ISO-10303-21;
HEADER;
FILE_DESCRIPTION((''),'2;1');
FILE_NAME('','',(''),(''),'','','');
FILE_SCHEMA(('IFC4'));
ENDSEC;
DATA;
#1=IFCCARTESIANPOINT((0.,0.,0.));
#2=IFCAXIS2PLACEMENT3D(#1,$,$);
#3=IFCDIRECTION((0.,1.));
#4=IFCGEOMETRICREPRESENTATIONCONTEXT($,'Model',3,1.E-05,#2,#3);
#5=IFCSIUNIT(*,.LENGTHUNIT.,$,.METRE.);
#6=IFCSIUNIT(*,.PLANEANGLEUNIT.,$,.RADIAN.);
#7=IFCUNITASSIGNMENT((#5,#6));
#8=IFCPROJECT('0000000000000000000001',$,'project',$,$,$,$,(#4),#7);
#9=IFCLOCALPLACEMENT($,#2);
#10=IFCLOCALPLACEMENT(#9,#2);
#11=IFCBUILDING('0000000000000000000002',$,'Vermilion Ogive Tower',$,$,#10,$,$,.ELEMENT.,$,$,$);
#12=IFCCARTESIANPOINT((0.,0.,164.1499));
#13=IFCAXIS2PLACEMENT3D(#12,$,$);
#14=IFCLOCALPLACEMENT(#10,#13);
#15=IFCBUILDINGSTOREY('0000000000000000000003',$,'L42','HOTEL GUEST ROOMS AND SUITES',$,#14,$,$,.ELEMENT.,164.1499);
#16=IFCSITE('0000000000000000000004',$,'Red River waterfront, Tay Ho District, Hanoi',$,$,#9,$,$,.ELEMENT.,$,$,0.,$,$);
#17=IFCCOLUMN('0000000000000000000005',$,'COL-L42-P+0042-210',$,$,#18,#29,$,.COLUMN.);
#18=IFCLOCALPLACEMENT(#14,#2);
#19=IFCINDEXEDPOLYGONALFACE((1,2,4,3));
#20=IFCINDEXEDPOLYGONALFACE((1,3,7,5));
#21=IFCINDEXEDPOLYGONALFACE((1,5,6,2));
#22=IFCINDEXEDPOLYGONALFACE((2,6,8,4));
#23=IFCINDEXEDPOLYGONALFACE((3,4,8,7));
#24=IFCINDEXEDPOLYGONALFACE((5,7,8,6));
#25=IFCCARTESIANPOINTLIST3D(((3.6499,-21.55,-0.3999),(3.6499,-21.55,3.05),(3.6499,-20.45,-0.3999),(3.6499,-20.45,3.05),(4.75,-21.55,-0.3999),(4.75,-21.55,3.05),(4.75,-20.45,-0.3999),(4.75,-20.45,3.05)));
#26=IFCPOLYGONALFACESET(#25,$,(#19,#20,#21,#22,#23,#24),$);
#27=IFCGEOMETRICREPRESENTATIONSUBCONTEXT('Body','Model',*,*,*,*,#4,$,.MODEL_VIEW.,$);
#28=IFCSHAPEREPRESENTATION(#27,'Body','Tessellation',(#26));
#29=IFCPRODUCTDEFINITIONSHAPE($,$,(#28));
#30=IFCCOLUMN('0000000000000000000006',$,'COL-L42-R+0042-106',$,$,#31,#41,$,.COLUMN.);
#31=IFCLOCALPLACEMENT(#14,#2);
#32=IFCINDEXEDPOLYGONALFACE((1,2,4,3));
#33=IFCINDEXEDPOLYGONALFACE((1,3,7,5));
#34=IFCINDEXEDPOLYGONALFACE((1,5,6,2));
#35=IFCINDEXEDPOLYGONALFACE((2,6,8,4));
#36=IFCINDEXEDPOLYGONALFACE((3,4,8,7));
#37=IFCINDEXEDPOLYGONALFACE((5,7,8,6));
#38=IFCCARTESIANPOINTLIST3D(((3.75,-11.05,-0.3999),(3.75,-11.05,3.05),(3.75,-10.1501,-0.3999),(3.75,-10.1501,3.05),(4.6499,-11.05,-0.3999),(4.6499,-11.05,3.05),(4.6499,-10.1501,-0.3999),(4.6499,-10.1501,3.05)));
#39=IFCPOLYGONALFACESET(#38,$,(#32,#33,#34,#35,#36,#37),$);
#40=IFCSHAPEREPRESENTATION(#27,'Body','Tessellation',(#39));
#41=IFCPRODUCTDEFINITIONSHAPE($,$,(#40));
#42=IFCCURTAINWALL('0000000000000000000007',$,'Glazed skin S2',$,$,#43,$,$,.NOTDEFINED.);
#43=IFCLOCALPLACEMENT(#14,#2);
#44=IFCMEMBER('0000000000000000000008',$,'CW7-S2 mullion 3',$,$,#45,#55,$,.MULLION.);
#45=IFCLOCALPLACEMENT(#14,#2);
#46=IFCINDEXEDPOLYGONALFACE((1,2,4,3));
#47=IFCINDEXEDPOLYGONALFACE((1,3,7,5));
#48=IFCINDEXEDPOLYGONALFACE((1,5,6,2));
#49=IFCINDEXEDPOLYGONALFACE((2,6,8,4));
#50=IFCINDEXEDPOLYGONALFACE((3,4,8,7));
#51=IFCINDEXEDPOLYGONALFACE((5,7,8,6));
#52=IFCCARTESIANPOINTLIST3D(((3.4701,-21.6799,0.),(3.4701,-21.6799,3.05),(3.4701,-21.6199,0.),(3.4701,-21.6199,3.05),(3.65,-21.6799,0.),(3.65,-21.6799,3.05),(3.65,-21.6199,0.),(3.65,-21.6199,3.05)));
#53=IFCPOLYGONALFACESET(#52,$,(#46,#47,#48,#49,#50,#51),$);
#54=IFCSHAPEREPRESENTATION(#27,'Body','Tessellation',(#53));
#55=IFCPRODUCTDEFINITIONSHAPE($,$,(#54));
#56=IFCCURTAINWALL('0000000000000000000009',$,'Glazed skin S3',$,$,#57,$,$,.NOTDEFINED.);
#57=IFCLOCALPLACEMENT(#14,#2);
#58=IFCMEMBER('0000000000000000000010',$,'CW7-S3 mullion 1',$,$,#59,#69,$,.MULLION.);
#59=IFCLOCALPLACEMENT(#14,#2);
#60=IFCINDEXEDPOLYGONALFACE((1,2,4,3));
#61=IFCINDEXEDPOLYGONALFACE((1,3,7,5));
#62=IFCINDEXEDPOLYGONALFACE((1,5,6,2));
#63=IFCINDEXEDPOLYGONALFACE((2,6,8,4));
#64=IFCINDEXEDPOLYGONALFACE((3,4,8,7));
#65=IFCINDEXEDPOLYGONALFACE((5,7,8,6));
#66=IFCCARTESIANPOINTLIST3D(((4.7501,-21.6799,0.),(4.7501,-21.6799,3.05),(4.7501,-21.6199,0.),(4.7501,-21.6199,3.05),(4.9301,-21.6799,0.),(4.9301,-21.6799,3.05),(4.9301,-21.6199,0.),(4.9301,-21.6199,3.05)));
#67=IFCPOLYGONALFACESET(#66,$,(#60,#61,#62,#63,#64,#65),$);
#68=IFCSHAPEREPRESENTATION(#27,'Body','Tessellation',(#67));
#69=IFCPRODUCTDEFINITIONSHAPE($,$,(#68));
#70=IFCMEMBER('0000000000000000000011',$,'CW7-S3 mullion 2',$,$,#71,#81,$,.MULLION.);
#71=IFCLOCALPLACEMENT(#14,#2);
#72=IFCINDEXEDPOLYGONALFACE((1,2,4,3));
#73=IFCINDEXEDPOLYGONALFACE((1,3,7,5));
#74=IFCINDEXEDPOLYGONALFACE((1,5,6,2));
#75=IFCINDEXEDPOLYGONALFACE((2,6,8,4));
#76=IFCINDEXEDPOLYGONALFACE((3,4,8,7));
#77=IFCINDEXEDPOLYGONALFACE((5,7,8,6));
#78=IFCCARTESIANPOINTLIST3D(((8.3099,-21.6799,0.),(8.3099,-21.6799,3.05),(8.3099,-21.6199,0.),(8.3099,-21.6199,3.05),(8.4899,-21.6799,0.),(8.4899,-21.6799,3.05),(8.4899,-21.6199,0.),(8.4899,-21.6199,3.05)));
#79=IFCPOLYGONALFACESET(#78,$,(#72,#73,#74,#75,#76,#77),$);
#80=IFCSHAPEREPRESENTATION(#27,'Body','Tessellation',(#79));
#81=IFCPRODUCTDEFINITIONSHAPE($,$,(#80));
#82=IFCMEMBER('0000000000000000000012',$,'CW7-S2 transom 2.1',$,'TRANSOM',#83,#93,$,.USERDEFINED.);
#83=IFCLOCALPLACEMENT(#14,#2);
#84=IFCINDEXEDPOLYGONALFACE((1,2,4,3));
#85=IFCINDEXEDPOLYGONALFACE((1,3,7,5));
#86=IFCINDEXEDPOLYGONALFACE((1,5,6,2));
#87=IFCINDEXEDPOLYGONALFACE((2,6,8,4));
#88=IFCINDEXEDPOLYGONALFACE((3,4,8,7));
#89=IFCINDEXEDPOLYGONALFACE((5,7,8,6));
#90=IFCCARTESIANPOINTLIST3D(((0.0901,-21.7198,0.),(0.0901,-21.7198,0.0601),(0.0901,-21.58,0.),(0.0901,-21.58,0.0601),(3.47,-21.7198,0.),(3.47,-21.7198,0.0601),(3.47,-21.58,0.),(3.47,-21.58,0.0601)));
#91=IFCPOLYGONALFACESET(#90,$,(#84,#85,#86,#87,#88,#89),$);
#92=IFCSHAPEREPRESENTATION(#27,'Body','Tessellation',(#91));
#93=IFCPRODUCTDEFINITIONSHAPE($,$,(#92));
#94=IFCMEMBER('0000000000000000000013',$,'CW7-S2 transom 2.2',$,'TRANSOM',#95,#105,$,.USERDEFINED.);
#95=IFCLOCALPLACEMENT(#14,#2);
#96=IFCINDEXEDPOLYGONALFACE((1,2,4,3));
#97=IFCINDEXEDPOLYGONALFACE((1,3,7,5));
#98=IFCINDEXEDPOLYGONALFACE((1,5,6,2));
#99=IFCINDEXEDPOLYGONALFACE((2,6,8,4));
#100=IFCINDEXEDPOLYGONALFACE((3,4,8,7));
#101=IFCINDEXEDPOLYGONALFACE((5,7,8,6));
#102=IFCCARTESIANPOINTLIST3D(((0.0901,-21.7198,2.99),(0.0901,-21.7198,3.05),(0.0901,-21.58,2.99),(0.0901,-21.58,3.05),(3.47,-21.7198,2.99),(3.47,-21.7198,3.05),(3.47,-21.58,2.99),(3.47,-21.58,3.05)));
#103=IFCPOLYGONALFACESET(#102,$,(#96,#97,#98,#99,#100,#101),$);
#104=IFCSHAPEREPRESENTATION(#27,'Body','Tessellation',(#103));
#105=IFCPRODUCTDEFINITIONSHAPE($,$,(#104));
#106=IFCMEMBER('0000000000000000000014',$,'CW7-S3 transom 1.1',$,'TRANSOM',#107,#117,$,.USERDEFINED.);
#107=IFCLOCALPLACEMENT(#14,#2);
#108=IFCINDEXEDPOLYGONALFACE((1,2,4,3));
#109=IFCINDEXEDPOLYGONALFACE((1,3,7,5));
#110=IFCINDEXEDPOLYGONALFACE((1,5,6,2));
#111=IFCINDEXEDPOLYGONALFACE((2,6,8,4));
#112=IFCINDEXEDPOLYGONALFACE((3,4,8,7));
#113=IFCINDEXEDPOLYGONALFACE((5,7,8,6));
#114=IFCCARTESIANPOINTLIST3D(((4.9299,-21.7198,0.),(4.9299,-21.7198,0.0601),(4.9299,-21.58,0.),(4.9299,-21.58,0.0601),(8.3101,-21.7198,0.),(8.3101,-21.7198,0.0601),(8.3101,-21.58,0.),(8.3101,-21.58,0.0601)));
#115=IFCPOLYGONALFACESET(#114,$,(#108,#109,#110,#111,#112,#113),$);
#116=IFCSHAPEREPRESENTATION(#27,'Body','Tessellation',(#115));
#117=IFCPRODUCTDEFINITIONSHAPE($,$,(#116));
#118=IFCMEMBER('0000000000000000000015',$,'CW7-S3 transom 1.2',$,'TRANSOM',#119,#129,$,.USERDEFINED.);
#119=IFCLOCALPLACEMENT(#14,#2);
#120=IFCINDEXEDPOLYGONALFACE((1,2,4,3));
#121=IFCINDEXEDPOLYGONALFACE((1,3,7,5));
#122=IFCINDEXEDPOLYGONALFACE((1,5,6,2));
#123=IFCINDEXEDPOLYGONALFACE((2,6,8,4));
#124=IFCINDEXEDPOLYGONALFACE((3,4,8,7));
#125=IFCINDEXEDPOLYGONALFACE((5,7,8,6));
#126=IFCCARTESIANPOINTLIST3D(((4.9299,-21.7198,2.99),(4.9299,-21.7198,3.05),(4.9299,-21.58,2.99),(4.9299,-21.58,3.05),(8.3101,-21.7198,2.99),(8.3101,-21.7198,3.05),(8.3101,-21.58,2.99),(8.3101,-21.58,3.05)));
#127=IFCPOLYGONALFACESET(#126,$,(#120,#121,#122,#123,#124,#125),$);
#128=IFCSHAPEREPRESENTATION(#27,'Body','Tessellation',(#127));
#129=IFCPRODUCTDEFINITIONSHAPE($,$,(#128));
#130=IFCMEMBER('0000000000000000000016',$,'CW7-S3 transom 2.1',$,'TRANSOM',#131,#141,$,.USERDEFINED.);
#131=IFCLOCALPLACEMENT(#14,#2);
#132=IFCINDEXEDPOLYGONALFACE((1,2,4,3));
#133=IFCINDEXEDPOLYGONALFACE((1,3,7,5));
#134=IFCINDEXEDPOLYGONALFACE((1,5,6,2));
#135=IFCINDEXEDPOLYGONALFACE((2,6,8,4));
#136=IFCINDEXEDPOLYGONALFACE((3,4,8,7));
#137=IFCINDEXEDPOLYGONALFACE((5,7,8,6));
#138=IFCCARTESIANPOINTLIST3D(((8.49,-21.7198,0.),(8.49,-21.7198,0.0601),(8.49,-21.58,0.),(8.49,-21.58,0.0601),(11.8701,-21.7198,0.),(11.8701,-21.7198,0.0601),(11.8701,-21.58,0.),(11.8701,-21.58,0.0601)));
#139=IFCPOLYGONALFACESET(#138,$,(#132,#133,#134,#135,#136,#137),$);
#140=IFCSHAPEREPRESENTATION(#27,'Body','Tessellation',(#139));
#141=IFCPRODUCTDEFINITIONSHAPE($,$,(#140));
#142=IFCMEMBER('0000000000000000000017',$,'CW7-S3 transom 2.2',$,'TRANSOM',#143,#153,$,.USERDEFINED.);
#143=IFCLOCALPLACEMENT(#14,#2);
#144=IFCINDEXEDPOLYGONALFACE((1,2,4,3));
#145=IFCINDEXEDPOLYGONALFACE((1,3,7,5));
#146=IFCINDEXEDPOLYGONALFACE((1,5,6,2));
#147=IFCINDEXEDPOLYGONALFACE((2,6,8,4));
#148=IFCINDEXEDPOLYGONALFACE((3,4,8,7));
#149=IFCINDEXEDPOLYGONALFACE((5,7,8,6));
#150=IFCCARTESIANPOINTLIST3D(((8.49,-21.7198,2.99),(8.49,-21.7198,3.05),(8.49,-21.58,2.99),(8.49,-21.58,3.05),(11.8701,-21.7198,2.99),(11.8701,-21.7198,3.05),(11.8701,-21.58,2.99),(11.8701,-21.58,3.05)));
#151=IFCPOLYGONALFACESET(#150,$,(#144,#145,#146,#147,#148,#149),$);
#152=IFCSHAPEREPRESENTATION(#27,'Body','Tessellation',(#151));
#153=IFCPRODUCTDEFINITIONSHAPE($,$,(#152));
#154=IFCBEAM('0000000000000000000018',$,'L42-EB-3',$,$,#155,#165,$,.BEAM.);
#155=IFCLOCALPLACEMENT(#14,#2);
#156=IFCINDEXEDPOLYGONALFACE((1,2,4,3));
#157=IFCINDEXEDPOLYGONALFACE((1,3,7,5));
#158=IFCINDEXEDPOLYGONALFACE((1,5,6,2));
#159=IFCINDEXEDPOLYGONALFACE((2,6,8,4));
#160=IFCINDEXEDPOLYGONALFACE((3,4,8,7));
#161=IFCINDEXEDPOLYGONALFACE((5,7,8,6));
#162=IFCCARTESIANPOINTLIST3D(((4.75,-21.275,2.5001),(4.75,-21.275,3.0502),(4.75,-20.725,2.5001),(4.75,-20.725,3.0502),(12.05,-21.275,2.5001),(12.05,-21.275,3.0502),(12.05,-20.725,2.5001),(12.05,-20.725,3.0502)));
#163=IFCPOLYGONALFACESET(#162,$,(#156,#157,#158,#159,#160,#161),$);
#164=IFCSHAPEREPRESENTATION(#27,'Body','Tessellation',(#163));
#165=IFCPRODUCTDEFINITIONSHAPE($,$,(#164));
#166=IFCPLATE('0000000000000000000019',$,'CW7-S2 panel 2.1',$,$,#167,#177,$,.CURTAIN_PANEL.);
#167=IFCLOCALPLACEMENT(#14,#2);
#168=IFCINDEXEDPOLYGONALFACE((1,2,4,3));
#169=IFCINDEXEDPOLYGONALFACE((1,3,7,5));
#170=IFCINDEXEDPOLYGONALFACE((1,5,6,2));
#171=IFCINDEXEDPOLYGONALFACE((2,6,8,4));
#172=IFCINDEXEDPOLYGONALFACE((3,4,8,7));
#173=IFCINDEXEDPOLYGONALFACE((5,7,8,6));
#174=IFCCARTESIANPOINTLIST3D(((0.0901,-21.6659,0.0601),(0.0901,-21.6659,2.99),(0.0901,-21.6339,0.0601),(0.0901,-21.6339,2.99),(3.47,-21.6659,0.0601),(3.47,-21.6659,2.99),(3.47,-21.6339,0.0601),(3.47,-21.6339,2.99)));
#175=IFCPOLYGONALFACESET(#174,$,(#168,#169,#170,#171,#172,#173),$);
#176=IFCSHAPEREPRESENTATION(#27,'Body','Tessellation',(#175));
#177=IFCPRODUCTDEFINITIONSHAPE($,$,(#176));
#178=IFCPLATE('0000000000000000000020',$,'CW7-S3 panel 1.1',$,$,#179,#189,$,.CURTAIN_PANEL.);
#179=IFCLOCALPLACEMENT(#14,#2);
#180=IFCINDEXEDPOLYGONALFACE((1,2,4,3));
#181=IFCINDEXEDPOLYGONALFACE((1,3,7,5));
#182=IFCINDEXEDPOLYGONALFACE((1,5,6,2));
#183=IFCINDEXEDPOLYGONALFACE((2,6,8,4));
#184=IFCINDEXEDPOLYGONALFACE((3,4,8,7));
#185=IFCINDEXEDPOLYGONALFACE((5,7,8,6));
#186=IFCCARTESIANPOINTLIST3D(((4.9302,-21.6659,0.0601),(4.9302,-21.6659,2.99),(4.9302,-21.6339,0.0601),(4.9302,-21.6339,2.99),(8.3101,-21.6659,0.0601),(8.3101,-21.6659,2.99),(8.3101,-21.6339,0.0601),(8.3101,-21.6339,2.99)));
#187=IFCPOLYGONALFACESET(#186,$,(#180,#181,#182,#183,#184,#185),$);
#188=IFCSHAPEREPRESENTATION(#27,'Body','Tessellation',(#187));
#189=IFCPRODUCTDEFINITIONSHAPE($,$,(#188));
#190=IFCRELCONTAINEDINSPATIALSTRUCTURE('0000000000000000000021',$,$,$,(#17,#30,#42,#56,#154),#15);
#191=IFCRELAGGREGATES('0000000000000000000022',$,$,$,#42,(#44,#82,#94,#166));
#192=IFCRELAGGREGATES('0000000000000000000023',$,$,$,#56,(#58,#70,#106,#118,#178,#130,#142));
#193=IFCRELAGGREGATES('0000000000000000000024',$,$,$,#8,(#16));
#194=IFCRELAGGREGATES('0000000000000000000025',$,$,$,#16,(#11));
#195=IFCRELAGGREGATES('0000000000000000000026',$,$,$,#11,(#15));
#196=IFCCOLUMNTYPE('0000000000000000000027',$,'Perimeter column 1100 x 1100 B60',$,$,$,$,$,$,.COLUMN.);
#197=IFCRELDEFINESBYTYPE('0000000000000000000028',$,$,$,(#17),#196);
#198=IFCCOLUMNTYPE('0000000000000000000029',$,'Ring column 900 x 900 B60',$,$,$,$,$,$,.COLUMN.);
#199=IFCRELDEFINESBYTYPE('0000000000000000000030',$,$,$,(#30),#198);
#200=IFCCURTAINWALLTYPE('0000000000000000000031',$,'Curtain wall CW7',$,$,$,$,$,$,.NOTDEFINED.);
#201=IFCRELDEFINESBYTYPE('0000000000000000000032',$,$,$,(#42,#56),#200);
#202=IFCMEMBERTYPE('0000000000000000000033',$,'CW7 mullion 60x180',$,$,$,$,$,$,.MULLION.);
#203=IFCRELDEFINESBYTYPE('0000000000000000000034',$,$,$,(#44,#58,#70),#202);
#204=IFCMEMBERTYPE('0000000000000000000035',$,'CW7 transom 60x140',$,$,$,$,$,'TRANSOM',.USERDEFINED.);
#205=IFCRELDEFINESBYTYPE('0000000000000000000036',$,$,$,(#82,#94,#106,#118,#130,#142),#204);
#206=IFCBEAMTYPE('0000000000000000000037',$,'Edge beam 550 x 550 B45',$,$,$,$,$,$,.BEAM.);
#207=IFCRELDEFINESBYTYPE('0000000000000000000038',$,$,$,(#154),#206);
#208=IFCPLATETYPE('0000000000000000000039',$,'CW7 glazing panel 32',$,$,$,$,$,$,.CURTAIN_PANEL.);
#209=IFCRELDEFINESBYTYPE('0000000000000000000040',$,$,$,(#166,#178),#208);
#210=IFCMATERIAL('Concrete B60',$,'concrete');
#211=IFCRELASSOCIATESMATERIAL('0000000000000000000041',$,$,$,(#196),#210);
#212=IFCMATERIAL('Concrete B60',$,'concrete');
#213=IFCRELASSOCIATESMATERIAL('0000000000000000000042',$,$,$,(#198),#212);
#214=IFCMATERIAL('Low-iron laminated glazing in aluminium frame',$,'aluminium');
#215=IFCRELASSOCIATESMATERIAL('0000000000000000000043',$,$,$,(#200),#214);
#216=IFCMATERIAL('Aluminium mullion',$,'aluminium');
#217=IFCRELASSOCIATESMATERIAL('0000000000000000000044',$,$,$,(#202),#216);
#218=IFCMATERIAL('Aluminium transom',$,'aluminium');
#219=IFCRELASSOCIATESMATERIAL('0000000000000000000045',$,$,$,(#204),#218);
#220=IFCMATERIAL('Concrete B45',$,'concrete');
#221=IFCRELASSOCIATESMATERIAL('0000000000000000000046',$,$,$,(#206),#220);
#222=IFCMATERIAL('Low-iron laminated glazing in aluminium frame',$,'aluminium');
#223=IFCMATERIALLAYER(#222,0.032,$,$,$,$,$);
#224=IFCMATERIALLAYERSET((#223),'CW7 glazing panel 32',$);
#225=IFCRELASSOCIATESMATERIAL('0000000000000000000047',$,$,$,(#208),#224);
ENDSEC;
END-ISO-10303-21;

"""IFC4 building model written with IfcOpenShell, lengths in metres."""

from ifc_helpers import new_model, si_unit, direction, frame, origin, origin_2d, place, context, subcontext, project, spatial, rectangle, extrude, material, layer, layer_set, material_profile, profile_set, type_object, element, aggregate, save


model = new_model("IFC4")

# Units and contexts
model_context = context("Model", 3, precision=1e-05, world=origin(), true_north=direction((0.0, 1.0)))
body_context = subcontext(model_context, "Body", "Model", "MODEL_VIEW")
ifc_project = project(units=[si_unit("LENGTHUNIT", "METRE"), si_unit("PLANEANGLEUNIT", "RADIAN")], contexts=[model_context])

# Site, building, storey
site_placement = place(None, origin())
site = spatial("IfcSite", under=ifc_project, at=site_placement, Name="Red River waterfront, Tay Ho District, Hanoi", CompositionType="ELEMENT", RefElevation=0.0)
building_placement = place(site_placement, origin())
building = spatial("IfcBuilding", under=site, at=building_placement, Name="Vermilion Ogive Tower", CompositionType="ELEMENT")
storey_placement = place(building_placement, frame((0.0, 0.0, 164.1499)))
storey = spatial("IfcBuildingStorey", under=building, at=storey_placement, Name="L42", Description="HOTEL GUEST ROOMS AND SUITES", CompositionType="ELEMENT", Elevation=164.1499)

# Columns
ifc_material_1 = material(Name="Concrete B60", Category="concrete")
ifc_material_profile_1 = material_profile(ifc_material_1, rectangle(XDim=1.1001, YDim=1.1001, at=origin_2d()), Name="1100 x 1100")
ifc_profile_set_1 = profile_set([ifc_material_profile_1], Name="Concrete B60")
column_type_1 = type_object("IfcColumnType", Name="Perimeter column 1100 x 1100 B60", PredefinedType="COLUMN", material=ifc_profile_set_1)
column_1_placement = place(storey_placement, frame((4.2, -21.0, -0.3999), z_axis=(0.0, 0.0, 1.0), x_axis=(1.0, 0.0, 0.0)))
element("IfcColumn", 1, at=column_1_placement, inside=storey, type_object=column_type_1, Name="COL-L42-P+0042-210", PredefinedType="COLUMN", context=body_context, shape_type="SweptSolid", body=[
    extrude(rectangle(XDim=1.1001, YDim=1.1001, at=origin_2d()), origin(), (0.0, 0.0, 1.0), 3.45),
])
ifc_material_2 = material(Name="Concrete B60", Category="concrete")
ifc_material_profile_2 = material_profile(ifc_material_2, rectangle(XDim=0.8999, YDim=0.8999, at=origin_2d()), Name="900 x 900")
ifc_profile_set_2 = profile_set([ifc_material_profile_2], Name="Concrete B60")
column_type_2 = type_object("IfcColumnType", Name="Ring column 900 x 900 B60", PredefinedType="COLUMN", material=ifc_profile_set_2)
column_2_placement = place(storey_placement, frame((4.2, -10.6001, -0.3999), z_axis=(0.0, 0.0, 1.0), x_axis=(1.0, 0.0, 0.0)))
element("IfcColumn", 2, at=column_2_placement, inside=storey, type_object=column_type_2, Name="COL-L42-R+0042-106", PredefinedType="COLUMN", context=body_context, shape_type="SweptSolid", body=[
    extrude(rectangle(XDim=0.8999, YDim=0.8999, at=origin_2d()), origin(), (0.0, 0.0, 1.0), 3.45),
])

# Curtain wall, member
ifc_material_3 = material(Name="Low-iron laminated glazing in aluminium frame", Category="aluminium")
curtain_wall_type = type_object("IfcCurtainWallType", Name="Curtain wall CW7", PredefinedType="NOTDEFINED", material=ifc_material_3)
curtain_wall_1_placement = place(storey_placement, origin())
curtain_wall_1 = element("IfcCurtainWall", 3, at=curtain_wall_1_placement, inside=storey, type_object=curtain_wall_type, Name="Glazed skin S2", PredefinedType="NOTDEFINED")
ifc_material_4 = material(Name="Aluminium mullion", Category="aluminium")
ifc_material_profile_3 = material_profile(ifc_material_4, rectangle(XDim=0.0601, YDim=0.1799, at=origin_2d()), Name="AL 60x180")
ifc_profile_set_3 = profile_set([ifc_material_profile_3], Name="Aluminium mullion")
member_type_1 = type_object("IfcMemberType", Name="CW7 mullion 60x180", PredefinedType="MULLION", material=ifc_profile_set_3)
member_1_placement = place(storey_placement, frame((3.5601, -21.6499, 0.0), z_axis=(0.0, 0.0, 1.0), x_axis=(0.0, 1.0, 0.0)))
member_1 = element("IfcMember", 4, at=member_1_placement, type_object=member_type_1, Name="CW7-S2 mullion 3", PredefinedType="MULLION", context=body_context, shape_type="SweptSolid", body=[
    extrude(rectangle(XDim=0.0601, YDim=0.1799, at=origin_2d()), origin(), (0.0, 0.0, 1.0), 3.05),
])

# Curtain wall, members
curtain_wall_2_placement = place(storey_placement, origin())
curtain_wall_2 = element("IfcCurtainWall", 5, at=curtain_wall_2_placement, inside=storey, type_object=curtain_wall_type, Name="Glazed skin S3", PredefinedType="NOTDEFINED")
member_2_placement = place(storey_placement, frame((4.8401, -21.6499, 0.0), z_axis=(0.0, 0.0, 1.0), x_axis=(0.0, 1.0, 0.0)))
member_2 = element("IfcMember", 6, at=member_2_placement, type_object=member_type_1, Name="CW7-S3 mullion 1", PredefinedType="MULLION", context=body_context, shape_type="SweptSolid", body=[
    extrude(rectangle(XDim=0.0601, YDim=0.1799, at=origin_2d()), origin(), (0.0, 0.0, 1.0), 3.05),
])
member_3_placement = place(storey_placement, frame((8.3999, -21.6499, 0.0), z_axis=(0.0, 0.0, 1.0), x_axis=(0.0, 1.0, 0.0)))
member_3 = element("IfcMember", 7, at=member_3_placement, type_object=member_type_1, Name="CW7-S3 mullion 2", PredefinedType="MULLION", context=body_context, shape_type="SweptSolid", body=[
    extrude(rectangle(XDim=0.0601, YDim=0.1799, at=origin_2d()), origin(), (0.0, 0.0, 1.0), 3.05),
])

# Members
ifc_material_5 = material(Name="Aluminium transom", Category="aluminium")
ifc_material_profile_4 = material_profile(ifc_material_5, rectangle(XDim=0.1399, YDim=0.0601, at=origin_2d()), Name="AL 60x140")
ifc_profile_set_4 = profile_set([ifc_material_profile_4], Name="Aluminium transom")
member_type_2 = type_object("IfcMemberType", Name="CW7 transom 60x140", ElementType="TRANSOM", PredefinedType="USERDEFINED", material=ifc_profile_set_4)
member_4_placement = place(storey_placement, frame((0.0901, -21.6499, 0.03), z_axis=(1.0, 0.0, 0.0), x_axis=(0.0, 1.0, 0.0)))
member_4 = element("IfcMember", 8, at=member_4_placement, type_object=member_type_2, Name="CW7-S2 transom 2.1", ObjectType="TRANSOM", PredefinedType="USERDEFINED", context=body_context, shape_type="SweptSolid", body=[
    extrude(rectangle(XDim=0.1399, YDim=0.0601, at=origin_2d()), origin(), (0.0, 0.0, 1.0), 3.3799),
])
member_5_placement = place(storey_placement, frame((0.0901, -21.6499, 3.02), z_axis=(1.0, 0.0, 0.0), x_axis=(0.0, 1.0, 0.0)))
member_5 = element("IfcMember", 9, at=member_5_placement, type_object=member_type_2, Name="CW7-S2 transom 2.2", ObjectType="TRANSOM", PredefinedType="USERDEFINED", context=body_context, shape_type="SweptSolid", body=[
    extrude(rectangle(XDim=0.1399, YDim=0.0601, at=origin_2d()), origin(), (0.0, 0.0, 1.0), 3.3799),
])
member_6_placement = place(storey_placement, frame((4.9299, -21.6499, 0.03), z_axis=(1.0, 0.0, 0.0), x_axis=(0.0, 1.0, 0.0)))
member_6 = element("IfcMember", 10, at=member_6_placement, type_object=member_type_2, Name="CW7-S3 transom 1.1", ObjectType="TRANSOM", PredefinedType="USERDEFINED", context=body_context, shape_type="SweptSolid", body=[
    extrude(rectangle(XDim=0.1399, YDim=0.0601, at=origin_2d()), origin(), (0.0, 0.0, 1.0), 3.3801),
])
member_7_placement = place(storey_placement, frame((4.9299, -21.6499, 3.02), z_axis=(1.0, 0.0, 0.0), x_axis=(0.0, 1.0, 0.0)))
member_7 = element("IfcMember", 11, at=member_7_placement, type_object=member_type_2, Name="CW7-S3 transom 1.2", ObjectType="TRANSOM", PredefinedType="USERDEFINED", context=body_context, shape_type="SweptSolid", body=[
    extrude(rectangle(XDim=0.1399, YDim=0.0601, at=origin_2d()), origin(), (0.0, 0.0, 1.0), 3.3801),
])
member_8_placement = place(storey_placement, frame((8.49, -21.6499, 0.03), z_axis=(1.0, 0.0, 0.0), x_axis=(0.0, 1.0, 0.0)))
member_8 = element("IfcMember", 12, at=member_8_placement, type_object=member_type_2, Name="CW7-S3 transom 2.1", ObjectType="TRANSOM", PredefinedType="USERDEFINED", context=body_context, shape_type="SweptSolid", body=[
    extrude(rectangle(XDim=0.1399, YDim=0.0601, at=origin_2d()), origin(), (0.0, 0.0, 1.0), 3.3801),
])
member_9_placement = place(storey_placement, frame((8.49, -21.6499, 3.02), z_axis=(1.0, 0.0, 0.0), x_axis=(0.0, 1.0, 0.0)))
member_9 = element("IfcMember", 13, at=member_9_placement, type_object=member_type_2, Name="CW7-S3 transom 2.2", ObjectType="TRANSOM", PredefinedType="USERDEFINED", context=body_context, shape_type="SweptSolid", body=[
    extrude(rectangle(XDim=0.1399, YDim=0.0601, at=origin_2d()), origin(), (0.0, 0.0, 1.0), 3.3801),
])

# Beam
ifc_material_6 = material(Name="Concrete B45", Category="concrete")
ifc_material_profile_5 = material_profile(ifc_material_6, rectangle(XDim=0.55, YDim=0.55, at=origin_2d()), Name="550 x 550")
ifc_profile_set_5 = profile_set([ifc_material_profile_5], Name="Concrete B45")
beam_type = type_object("IfcBeamType", Name="Edge beam 550 x 550 B45", PredefinedType="BEAM", material=ifc_profile_set_5)
beam_placement = place(storey_placement, frame((4.75, -21.0, 2.7751), z_axis=(1.0, 0.0, 0.0), x_axis=(0.0, 1.0, 0.0)))
element("IfcBeam", 14, at=beam_placement, inside=storey, type_object=beam_type, Name="L42-EB-3", PredefinedType="BEAM", context=body_context, shape_type="SweptSolid", body=[
    extrude(rectangle(XDim=0.55, YDim=0.55, at=origin_2d()), origin(), (0.0, 0.0, 1.0), 7.3),
])

# Plates
ifc_material_7 = material(Name="Low-iron laminated glazing in aluminium frame", Category="aluminium")
ifc_layer_1 = layer(ifc_material_7, 0.032)
ifc_layer_set_1 = layer_set([ifc_layer_1], Name="CW7 glazing panel 32")
plate_type = type_object("IfcPlateType", Name="CW7 glazing panel 32", PredefinedType="CURTAIN_PANEL", material=ifc_layer_set_1)
plate_1_placement = place(storey_placement, frame((1.78, -21.6499, 0.0601), z_axis=(0.0, 0.0, 1.0), x_axis=(1.0, 0.0, 0.0)))
plate_1 = element("IfcPlate", 15, at=plate_1_placement, type_object=plate_type, Name="CW7-S2 panel 2.1", PredefinedType="CURTAIN_PANEL", context=body_context, shape_type="SweptSolid", body=[
    extrude(rectangle(XDim=3.3799, YDim=0.032, at=origin_2d()), origin(), (0.0, 0.0, 1.0), 2.9299),
])
aggregate(curtain_wall_1, [member_1, member_4, member_5, plate_1])
plate_2_placement = place(storey_placement, frame((6.6201, -21.6499, 0.0601), z_axis=(0.0, 0.0, 1.0), x_axis=(1.0, 0.0, 0.0)))
plate_2 = element("IfcPlate", 16, at=plate_2_placement, type_object=plate_type, Name="CW7-S3 panel 1.1", PredefinedType="CURTAIN_PANEL", context=body_context, shape_type="SweptSolid", body=[
    extrude(rectangle(XDim=3.3799, YDim=0.032, at=origin_2d()), origin(), (0.0, 0.0, 1.0), 2.9299),
])
aggregate(curtain_wall_2, [member_2, member_3, member_6, member_7, plate_2, member_8, member_9])

save(model, "model.ifc")
